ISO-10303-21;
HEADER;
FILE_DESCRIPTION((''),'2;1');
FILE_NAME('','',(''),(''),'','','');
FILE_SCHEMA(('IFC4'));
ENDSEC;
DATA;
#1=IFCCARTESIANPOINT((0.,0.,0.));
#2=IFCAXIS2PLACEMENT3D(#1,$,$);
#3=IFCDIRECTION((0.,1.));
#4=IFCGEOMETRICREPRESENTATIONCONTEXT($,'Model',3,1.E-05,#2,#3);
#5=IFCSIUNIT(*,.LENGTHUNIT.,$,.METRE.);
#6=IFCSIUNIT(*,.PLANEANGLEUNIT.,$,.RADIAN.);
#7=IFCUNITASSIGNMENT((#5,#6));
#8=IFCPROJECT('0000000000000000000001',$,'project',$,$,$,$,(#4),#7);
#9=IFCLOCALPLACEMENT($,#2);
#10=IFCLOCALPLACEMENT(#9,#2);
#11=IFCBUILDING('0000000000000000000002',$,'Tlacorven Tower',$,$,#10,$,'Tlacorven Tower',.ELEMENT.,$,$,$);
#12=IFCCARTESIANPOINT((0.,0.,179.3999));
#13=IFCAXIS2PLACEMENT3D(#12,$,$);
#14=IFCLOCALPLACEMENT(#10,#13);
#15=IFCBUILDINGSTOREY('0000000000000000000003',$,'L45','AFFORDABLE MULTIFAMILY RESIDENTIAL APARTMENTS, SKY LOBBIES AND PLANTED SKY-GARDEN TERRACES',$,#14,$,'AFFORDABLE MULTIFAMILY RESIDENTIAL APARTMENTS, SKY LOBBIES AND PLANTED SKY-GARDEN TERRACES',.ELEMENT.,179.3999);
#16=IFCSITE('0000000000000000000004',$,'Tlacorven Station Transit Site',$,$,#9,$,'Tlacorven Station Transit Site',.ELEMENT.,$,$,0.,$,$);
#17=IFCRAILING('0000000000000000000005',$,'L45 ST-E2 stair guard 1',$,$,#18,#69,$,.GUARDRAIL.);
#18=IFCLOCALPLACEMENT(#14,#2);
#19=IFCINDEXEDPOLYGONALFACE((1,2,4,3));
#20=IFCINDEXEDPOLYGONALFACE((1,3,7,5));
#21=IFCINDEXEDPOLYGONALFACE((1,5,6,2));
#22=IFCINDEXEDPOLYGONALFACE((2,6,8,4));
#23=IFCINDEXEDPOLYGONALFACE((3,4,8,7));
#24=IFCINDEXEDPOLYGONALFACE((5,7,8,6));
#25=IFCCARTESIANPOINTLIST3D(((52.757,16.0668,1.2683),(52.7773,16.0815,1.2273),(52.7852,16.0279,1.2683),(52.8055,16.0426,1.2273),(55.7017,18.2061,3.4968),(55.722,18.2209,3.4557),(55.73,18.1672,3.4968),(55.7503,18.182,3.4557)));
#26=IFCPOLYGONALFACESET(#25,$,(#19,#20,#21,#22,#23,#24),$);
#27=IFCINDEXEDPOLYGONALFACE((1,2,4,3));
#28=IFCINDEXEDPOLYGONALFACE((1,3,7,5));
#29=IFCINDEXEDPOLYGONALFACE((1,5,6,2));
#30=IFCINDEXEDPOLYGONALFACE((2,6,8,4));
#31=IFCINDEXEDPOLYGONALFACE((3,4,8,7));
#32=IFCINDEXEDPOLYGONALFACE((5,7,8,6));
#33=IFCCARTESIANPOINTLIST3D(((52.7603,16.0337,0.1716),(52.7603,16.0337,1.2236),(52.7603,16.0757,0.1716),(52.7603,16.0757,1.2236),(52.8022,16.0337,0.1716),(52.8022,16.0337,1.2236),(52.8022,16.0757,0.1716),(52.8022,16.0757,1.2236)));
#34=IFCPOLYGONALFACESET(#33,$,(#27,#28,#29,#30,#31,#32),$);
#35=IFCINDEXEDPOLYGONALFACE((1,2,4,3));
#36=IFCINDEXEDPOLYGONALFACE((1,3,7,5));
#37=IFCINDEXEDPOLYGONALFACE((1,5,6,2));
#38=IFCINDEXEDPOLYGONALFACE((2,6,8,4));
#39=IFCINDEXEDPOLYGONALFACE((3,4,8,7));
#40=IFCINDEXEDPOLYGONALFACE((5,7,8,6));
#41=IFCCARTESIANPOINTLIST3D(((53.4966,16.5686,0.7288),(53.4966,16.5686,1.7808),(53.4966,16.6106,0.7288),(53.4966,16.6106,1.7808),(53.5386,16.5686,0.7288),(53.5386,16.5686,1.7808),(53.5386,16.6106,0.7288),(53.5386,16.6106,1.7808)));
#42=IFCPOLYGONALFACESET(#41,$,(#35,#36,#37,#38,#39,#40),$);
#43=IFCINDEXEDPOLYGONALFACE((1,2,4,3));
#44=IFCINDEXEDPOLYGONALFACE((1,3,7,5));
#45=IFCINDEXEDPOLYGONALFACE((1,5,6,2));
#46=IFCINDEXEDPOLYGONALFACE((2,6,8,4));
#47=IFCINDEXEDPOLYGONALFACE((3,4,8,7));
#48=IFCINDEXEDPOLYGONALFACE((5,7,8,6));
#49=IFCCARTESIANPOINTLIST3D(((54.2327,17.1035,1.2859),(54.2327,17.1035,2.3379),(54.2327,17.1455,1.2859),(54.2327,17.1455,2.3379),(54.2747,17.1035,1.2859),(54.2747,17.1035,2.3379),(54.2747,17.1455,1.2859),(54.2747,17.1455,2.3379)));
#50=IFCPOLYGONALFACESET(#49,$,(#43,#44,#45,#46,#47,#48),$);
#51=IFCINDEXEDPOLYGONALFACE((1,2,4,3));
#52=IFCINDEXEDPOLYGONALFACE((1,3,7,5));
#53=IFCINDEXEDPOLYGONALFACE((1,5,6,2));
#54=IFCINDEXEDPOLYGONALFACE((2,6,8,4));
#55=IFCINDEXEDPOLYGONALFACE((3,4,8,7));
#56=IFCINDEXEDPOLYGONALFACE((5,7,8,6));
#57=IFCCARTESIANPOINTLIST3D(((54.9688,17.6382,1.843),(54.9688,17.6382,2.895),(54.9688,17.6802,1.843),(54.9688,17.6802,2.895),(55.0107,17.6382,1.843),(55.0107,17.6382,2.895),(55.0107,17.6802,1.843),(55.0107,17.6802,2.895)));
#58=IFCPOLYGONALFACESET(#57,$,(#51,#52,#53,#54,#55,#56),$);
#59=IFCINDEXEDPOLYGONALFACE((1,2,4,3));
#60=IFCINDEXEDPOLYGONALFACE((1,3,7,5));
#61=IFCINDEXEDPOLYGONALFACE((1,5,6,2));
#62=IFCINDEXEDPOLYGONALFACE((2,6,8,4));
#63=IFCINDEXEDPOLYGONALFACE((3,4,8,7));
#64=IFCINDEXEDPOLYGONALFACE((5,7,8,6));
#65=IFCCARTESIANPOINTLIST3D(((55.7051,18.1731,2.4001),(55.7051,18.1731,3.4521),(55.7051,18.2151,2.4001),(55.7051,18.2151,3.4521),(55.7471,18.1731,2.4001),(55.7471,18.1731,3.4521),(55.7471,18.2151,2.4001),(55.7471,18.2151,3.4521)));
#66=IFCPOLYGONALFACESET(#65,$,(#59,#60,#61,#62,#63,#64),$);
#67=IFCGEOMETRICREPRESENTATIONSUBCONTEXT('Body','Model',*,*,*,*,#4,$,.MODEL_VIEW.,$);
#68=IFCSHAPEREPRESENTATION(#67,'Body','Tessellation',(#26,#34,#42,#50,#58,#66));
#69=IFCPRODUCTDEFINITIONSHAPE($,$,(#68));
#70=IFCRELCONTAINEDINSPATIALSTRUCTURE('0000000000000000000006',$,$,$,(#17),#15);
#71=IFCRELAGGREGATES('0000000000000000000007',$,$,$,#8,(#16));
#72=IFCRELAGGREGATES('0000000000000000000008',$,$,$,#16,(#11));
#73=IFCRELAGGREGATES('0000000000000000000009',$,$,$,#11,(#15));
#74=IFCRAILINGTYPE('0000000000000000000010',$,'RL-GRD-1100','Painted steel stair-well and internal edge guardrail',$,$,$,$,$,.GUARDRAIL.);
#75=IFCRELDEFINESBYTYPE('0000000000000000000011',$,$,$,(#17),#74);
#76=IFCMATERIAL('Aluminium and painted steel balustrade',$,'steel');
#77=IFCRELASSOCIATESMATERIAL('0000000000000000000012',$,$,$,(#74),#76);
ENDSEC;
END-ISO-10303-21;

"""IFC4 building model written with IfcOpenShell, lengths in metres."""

from ifc_helpers import new_model, si_unit, direction, frame, origin, origin_2d, place, context, subcontext, project, spatial, rectangle, extrude, source, transform, mapped, material, type_object, element, save


model = new_model("IFC4")

# Units and contexts
model_context = context("Model", 3, precision=1e-05, world=origin(), true_north=direction((0.0, 1.0)))
body_context = subcontext(model_context, "Body", "Model", "MODEL_VIEW")
ifc_project = project(units=[si_unit("LENGTHUNIT", "METRE"), si_unit("PLANEANGLEUNIT", "RADIAN")], contexts=[model_context])

# Site, building, storey
site_placement = place(None, origin())
site = spatial("IfcSite", under=ifc_project, at=site_placement, Name="Tlacorven Station Transit Site", LongName="Tlacorven Station Transit Site", CompositionType="ELEMENT", RefElevation=0.0)
building_placement = place(site_placement, origin())
building = spatial("IfcBuilding", under=site, at=building_placement, Name="Tlacorven Tower", LongName="Tlacorven Tower", CompositionType="ELEMENT")
storey_placement = place(building_placement, frame((0.0, 0.0, 179.3999)))
storey = spatial("IfcBuildingStorey", under=building, at=storey_placement, Name="L45", Description="AFFORDABLE MULTIFAMILY RESIDENTIAL APARTMENTS, SKY LOBBIES AND PLANTED SKY-GARDEN TERRACES", LongName="AFFORDABLE MULTIFAMILY RESIDENTIAL APARTMENTS, SKY LOBBIES AND PLANTED SKY-GARDEN TERRACES", CompositionType="ELEMENT", Elevation=179.3999)

# Railing
ifc_material_1 = material(Name="Aluminium and painted steel balustrade", Category="steel")
railing_type_1 = type_object("IfcRailingType", Name="RL-GRD-1100", Description="Painted steel stair-well and internal edge guardrail", PredefinedType="GUARDRAIL", material=ifc_material_1)
shared_shape_1 = source(origin(), body_context, "Body", "SweptSolid", [
    extrude(rectangle(XDim=0.0481, YDim=0.0481, at=origin_2d()), frame((0.0, 0.0, 1.0762), z_axis=(0.689987, 0.501273, 0.522152), x_axis=(-0.587761, 0.809035, 0.0)), (0.0, 0.0, 1.0), 4.2678),
    extrude(rectangle(XDim=0.042, YDim=0.042, at=origin_2d()), origin(), (0.0, 0.0, 1.0), 1.052),
    extrude(rectangle(XDim=0.042, YDim=0.042, at=origin_2d()), frame((0.7363, 0.5349, 0.5571)), (0.0, 0.0, 1.0), 1.052),
    extrude(rectangle(XDim=0.042, YDim=0.042, at=origin_2d()), frame((1.4724, 1.0698, 1.1143)), (0.0, 0.0, 1.0), 1.052),
    extrude(rectangle(XDim=0.042, YDim=0.042, at=origin_2d()), frame((2.2085, 1.6045, 1.6714)), (0.0, 0.0, 1.0), 1.052),
    extrude(rectangle(XDim=0.042, YDim=0.042, at=origin_2d()), frame((2.9448, 2.1394, 2.2285)), (0.0, 0.0, 1.0), 1.052),
])
railing_1_placement = place(storey_placement, frame((52.7812, 16.0547, 0.1716)))
element("IfcRailing", 1, at=railing_1_placement, inside=storey, type_object=railing_type_1, Name="L45 ST-E2 stair guard 1", PredefinedType="GUARDRAIL", context=body_context, shape_type="MappedRepresentation", body=[
    mapped(shared_shape_1, transform((0.0, 0.0, 0.0), scale=1.0)),
])

save(model, "model.ifc")
